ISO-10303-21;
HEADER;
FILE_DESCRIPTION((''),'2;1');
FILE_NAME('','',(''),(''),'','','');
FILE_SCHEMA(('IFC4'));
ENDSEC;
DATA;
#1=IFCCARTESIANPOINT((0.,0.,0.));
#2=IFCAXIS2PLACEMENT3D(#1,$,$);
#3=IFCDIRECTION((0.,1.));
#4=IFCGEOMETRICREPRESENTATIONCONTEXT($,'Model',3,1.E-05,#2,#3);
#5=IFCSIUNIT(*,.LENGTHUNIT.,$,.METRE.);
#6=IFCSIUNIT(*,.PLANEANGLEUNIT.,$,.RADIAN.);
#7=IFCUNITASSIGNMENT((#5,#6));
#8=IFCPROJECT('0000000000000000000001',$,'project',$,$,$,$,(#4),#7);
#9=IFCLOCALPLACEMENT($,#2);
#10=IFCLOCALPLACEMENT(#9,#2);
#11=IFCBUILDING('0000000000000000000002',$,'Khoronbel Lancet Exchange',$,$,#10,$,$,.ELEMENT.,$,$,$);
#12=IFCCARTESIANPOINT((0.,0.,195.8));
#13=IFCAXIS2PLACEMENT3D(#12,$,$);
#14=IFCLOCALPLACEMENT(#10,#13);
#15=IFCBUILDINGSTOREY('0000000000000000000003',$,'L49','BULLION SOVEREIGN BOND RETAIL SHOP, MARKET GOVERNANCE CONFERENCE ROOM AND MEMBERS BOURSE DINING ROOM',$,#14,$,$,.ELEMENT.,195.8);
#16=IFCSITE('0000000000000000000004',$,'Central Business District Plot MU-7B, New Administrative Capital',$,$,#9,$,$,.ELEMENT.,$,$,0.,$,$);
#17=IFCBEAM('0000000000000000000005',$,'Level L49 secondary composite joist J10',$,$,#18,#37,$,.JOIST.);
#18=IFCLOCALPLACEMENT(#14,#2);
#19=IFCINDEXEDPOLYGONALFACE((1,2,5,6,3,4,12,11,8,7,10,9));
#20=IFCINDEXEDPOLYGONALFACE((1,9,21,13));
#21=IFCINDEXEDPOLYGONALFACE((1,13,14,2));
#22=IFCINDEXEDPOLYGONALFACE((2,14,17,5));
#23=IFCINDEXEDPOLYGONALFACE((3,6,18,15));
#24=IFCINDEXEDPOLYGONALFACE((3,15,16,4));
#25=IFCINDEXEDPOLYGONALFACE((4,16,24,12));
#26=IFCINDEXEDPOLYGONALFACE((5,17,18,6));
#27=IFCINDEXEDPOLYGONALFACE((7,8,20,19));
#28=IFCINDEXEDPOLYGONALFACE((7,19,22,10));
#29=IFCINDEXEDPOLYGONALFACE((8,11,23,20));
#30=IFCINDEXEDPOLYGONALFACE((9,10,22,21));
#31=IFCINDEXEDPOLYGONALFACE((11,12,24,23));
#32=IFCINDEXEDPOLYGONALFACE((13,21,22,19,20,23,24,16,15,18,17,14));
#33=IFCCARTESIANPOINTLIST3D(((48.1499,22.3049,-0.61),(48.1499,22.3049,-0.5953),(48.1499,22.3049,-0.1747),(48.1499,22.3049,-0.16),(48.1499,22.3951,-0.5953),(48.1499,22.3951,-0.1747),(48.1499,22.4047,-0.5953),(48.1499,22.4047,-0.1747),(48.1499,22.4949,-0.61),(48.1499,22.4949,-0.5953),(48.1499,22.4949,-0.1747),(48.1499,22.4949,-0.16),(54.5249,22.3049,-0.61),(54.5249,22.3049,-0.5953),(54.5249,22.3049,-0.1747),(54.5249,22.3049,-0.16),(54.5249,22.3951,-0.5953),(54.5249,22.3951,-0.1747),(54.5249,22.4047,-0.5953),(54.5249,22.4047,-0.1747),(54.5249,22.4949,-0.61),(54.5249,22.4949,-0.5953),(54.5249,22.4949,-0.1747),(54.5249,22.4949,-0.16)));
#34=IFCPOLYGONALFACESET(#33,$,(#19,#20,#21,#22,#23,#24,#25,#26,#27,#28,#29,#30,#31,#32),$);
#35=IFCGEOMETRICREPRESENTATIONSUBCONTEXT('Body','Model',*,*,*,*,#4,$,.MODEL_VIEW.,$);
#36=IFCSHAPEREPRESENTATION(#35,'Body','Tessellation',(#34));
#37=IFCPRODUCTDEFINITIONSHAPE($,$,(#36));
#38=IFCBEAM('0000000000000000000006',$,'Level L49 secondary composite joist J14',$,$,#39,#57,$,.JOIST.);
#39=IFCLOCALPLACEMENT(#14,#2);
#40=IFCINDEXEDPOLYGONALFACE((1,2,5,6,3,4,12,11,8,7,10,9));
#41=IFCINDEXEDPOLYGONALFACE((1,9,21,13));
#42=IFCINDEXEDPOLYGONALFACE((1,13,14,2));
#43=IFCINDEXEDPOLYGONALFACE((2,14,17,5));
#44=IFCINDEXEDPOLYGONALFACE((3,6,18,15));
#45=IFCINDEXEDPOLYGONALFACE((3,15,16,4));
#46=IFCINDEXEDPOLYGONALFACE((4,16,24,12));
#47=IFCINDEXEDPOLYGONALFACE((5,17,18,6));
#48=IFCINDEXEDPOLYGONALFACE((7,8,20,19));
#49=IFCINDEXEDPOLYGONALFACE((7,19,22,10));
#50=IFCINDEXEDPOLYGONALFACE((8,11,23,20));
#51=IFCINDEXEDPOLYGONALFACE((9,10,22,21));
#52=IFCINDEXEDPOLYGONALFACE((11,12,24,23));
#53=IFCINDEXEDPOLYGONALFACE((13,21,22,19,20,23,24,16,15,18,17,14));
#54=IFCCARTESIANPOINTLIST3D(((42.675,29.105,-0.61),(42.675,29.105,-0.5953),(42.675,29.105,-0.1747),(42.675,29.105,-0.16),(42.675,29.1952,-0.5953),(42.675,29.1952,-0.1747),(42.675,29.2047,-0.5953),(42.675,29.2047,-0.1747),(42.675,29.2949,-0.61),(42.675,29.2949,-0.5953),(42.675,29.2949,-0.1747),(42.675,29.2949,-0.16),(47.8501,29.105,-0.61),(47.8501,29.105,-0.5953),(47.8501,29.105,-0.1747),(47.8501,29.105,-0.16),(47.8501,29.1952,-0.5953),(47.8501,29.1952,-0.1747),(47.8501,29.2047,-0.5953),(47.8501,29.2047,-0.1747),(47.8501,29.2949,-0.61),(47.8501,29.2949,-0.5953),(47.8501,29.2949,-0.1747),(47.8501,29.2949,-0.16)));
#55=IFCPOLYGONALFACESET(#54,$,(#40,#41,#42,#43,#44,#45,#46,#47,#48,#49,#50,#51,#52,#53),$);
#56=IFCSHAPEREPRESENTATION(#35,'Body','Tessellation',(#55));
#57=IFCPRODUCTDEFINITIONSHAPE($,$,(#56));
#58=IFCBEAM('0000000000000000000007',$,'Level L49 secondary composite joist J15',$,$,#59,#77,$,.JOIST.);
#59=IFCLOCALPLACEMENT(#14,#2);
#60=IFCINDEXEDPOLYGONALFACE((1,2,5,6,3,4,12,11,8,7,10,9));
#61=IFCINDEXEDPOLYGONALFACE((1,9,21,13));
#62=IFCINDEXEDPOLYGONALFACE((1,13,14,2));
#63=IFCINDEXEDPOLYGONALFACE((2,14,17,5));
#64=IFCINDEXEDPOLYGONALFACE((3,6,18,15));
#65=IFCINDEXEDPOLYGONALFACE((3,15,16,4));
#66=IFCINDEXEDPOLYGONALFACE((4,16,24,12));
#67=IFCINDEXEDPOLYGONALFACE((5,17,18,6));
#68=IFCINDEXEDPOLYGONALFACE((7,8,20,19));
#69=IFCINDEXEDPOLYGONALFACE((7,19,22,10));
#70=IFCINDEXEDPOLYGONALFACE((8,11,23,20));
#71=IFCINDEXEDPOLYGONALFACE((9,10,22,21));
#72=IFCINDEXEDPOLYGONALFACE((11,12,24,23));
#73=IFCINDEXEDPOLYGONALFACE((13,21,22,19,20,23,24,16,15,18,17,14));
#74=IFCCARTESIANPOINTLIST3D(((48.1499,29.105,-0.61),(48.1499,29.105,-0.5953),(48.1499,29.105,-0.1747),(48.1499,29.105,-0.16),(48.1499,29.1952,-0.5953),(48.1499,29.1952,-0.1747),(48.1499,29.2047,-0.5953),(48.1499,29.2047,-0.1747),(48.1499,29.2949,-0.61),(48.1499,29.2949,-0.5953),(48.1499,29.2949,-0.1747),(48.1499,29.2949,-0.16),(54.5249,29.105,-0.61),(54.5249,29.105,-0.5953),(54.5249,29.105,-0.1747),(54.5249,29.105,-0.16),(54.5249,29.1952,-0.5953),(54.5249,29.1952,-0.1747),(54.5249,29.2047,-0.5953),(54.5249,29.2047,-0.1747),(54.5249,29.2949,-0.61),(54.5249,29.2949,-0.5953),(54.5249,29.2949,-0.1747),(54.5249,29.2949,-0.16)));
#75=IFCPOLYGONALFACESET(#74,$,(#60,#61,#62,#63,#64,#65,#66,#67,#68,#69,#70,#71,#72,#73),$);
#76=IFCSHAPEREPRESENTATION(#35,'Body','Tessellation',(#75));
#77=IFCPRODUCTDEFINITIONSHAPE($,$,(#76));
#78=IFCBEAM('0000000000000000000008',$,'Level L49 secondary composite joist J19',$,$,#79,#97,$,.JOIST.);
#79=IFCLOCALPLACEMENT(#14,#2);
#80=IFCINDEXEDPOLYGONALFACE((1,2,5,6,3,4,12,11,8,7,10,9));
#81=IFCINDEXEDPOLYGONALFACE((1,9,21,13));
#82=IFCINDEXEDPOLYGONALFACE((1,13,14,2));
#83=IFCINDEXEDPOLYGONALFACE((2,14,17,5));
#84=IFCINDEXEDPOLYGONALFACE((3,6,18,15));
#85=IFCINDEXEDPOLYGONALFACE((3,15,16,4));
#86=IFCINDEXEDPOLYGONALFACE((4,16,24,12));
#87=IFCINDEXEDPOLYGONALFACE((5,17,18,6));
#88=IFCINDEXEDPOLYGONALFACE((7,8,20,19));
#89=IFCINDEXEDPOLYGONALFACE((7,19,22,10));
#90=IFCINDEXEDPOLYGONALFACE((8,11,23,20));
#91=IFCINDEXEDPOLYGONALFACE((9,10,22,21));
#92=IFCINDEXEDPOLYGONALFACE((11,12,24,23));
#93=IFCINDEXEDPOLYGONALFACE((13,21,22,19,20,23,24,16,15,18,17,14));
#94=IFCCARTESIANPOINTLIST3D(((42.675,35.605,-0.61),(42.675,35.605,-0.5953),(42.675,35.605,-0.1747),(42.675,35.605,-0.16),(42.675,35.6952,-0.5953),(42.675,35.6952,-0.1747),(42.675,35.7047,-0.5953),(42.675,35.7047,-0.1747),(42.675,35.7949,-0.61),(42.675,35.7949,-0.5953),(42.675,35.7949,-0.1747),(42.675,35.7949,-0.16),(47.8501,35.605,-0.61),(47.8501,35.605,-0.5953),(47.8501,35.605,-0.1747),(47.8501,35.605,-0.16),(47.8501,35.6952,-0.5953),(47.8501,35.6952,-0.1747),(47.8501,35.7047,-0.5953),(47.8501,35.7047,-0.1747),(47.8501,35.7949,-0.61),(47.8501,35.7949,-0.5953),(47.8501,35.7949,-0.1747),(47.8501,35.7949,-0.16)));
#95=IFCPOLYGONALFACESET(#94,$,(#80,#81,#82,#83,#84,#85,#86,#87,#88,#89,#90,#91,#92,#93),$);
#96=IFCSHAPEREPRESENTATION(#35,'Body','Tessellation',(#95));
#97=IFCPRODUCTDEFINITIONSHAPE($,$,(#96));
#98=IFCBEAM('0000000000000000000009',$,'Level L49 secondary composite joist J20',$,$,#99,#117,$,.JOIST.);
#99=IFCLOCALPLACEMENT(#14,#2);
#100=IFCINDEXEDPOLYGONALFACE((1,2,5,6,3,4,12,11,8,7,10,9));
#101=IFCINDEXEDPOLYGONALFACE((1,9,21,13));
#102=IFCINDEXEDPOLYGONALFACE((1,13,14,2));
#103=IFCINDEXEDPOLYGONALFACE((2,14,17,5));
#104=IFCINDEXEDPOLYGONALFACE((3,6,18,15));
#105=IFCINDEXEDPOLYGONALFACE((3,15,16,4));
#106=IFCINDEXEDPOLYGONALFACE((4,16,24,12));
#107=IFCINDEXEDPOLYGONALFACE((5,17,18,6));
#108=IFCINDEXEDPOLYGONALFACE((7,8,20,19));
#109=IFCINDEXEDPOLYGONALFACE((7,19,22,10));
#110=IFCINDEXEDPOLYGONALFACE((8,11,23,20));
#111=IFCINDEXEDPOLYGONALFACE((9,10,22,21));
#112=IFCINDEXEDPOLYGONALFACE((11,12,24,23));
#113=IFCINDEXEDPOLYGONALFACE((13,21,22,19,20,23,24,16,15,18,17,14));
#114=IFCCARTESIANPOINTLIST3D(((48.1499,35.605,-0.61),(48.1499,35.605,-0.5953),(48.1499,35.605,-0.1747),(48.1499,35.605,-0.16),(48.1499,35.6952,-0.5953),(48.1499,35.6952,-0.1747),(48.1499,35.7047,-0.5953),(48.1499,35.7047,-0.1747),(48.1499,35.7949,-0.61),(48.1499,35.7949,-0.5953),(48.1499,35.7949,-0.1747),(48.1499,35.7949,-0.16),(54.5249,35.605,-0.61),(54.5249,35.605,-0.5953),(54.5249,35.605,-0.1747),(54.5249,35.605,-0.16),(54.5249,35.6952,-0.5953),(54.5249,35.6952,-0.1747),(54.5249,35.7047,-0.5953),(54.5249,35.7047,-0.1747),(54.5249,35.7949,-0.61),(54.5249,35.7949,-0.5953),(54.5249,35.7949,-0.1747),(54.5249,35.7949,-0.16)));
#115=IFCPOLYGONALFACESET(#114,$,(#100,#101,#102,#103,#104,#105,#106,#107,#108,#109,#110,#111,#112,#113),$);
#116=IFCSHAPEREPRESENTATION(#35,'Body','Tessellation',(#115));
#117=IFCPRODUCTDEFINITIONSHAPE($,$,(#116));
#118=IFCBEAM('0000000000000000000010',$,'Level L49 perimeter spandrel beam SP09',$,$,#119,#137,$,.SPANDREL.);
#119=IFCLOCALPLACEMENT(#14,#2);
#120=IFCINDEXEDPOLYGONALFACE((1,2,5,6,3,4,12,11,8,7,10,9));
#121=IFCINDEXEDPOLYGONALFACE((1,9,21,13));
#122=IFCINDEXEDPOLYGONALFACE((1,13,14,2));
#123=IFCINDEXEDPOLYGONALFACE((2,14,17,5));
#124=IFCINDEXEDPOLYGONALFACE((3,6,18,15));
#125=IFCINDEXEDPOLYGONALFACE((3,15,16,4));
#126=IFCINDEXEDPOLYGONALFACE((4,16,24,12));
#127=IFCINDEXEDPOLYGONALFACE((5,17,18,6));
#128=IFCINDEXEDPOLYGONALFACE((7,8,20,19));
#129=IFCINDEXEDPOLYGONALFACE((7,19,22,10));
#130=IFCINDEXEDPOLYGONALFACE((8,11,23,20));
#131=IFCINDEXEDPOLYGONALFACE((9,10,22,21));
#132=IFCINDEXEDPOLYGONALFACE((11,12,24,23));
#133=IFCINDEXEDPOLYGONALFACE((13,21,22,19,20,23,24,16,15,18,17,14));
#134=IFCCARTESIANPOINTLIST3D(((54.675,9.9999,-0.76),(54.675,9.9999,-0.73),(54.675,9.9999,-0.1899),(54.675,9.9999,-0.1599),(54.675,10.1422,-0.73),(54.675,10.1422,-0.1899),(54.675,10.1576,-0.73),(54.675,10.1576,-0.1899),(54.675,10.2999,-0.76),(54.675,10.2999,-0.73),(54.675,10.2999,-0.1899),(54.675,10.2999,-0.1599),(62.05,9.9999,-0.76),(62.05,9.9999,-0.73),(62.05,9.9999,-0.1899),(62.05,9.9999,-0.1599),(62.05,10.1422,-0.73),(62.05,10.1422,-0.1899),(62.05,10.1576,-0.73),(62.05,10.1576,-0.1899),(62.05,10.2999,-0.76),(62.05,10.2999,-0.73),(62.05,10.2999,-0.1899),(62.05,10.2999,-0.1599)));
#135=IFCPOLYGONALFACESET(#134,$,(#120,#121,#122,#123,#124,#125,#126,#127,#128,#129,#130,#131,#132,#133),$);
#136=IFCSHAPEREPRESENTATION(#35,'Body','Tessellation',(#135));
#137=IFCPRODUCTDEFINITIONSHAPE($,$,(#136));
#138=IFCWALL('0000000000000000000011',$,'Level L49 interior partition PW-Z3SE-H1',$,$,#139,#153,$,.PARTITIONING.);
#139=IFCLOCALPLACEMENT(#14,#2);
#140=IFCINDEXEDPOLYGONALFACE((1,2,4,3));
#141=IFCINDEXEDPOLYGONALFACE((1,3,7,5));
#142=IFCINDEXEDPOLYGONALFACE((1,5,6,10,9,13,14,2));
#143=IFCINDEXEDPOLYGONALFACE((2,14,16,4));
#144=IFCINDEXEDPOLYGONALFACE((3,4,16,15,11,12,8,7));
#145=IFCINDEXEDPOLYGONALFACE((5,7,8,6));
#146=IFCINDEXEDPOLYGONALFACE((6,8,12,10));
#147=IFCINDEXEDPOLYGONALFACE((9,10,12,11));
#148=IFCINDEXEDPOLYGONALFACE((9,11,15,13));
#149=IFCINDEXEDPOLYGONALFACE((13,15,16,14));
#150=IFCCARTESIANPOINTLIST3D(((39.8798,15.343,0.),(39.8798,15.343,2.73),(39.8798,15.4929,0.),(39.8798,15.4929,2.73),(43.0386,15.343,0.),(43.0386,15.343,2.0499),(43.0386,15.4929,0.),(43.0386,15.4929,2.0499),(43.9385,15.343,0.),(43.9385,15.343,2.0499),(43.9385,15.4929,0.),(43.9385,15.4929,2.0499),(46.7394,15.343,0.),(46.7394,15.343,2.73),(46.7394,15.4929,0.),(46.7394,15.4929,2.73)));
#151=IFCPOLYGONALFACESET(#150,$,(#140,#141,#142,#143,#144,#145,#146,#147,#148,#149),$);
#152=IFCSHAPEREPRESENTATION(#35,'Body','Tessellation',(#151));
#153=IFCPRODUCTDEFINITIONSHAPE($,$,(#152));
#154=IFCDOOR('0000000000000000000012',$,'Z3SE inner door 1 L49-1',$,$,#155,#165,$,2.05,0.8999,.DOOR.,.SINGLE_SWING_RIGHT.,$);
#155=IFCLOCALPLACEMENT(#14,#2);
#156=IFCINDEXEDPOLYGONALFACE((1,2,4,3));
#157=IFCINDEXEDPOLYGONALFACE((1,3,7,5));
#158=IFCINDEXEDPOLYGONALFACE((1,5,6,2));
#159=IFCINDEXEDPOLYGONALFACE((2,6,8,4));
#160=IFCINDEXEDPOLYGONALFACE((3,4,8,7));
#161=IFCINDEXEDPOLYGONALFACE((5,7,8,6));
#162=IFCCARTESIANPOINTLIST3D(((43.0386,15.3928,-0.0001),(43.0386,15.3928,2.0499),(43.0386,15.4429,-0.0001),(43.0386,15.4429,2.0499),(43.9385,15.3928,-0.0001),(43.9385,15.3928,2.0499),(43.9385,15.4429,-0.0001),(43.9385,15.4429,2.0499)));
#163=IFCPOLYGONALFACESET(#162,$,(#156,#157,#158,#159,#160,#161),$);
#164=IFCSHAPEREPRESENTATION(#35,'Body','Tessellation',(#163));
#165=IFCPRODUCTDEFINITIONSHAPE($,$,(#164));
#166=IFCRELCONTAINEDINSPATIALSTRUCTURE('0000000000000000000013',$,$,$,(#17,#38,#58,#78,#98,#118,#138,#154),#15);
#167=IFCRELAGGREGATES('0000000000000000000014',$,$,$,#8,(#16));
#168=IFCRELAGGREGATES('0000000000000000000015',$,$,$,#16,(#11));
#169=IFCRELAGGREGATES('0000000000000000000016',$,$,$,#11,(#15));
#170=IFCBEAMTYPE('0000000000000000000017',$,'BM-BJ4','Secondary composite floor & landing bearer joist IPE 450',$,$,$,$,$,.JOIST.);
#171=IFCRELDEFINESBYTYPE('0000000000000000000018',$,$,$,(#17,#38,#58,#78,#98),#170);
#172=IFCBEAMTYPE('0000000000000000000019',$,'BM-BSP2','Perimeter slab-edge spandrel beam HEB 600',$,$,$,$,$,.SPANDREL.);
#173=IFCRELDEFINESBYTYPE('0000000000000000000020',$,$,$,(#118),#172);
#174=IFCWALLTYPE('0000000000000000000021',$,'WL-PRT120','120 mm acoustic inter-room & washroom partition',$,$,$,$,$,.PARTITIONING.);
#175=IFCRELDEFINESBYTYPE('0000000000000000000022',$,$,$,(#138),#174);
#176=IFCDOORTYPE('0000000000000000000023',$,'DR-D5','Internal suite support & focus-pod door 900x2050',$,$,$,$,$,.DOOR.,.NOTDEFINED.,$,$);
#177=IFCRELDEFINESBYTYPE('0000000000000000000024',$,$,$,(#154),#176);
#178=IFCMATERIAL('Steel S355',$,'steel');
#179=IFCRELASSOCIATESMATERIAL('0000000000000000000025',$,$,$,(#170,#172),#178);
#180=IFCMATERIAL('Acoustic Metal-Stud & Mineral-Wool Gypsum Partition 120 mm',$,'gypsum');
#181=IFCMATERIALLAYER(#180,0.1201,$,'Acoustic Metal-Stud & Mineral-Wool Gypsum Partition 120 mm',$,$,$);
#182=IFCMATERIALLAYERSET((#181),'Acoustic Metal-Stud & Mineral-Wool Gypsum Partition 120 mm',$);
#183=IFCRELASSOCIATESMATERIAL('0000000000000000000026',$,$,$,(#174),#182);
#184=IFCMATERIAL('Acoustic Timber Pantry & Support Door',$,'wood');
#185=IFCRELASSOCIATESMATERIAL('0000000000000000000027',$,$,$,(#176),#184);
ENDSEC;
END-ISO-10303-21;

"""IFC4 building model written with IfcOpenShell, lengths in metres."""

from ifc_helpers import new_model, si_unit, direction, frame, frame_2d, origin, origin_2d, place, context, subcontext, project, spatial, rectangle, i_section, extrude, material, layer, layer_set, material_profile, profile_set, type_object, element, fill, save


model = new_model("IFC4")

# Units and contexts
model_context = context("Model", 3, precision=1e-05, world=origin(), true_north=direction((0.0, 1.0)))
body_context = subcontext(model_context, "Body", "Model", "MODEL_VIEW")
ifc_project = project(units=[si_unit("LENGTHUNIT", "METRE"), si_unit("PLANEANGLEUNIT", "RADIAN")], contexts=[model_context])

# Site, building, storey
site_placement = place(None, origin())
site = spatial("IfcSite", under=ifc_project, at=site_placement, Name="Central Business District Plot MU-7B, New Administrative Capital", CompositionType="ELEMENT", RefElevation=0.0)
building_placement = place(site_placement, origin())
building = spatial("IfcBuilding", under=site, at=building_placement, Name="Khoronbel Lancet Exchange", CompositionType="ELEMENT")
storey_placement = place(building_placement, frame((0.0, 0.0, 195.8)))
storey = spatial("IfcBuildingStorey", under=building, at=storey_placement, Name="L49", Description="BULLION SOVEREIGN BOND RETAIL SHOP, MARKET GOVERNANCE CONFERENCE ROOM AND MEMBERS BOURSE DINING ROOM", CompositionType="ELEMENT", Elevation=195.8)

# Shared definitions
ifc_material_1 = material(Name="Steel S355", Category="steel")

# Beams
ifc_material_profile_1 = material_profile(ifc_material_1, i_section(OverallWidth=0.1899, OverallDepth=0.45, WebThickness=0.0095, FlangeThickness=0.0146, at=origin_2d()), Name="IPE 450")
ifc_profile_set_1 = profile_set([ifc_material_profile_1], Name="Steel S355")
beam_type_1 = type_object("IfcBeamType", Name="BM-BJ4", Description="Secondary composite floor & landing bearer joist IPE 450", PredefinedType="JOIST", material=ifc_profile_set_1)
beam_1_placement = place(storey_placement, frame((48.1499, 22.3999, -0.385), z_axis=(1.0, 0.0, 0.0), x_axis=(0.0, 1.0, 0.0)))
element("IfcBeam", 1, at=beam_1_placement, inside=storey, type_object=beam_type_1, Name="Level L49 secondary composite joist J10", PredefinedType="JOIST", context=body_context, shape_type="SweptSolid", body=[
    extrude(i_section(OverallWidth=0.1899, OverallDepth=0.45, WebThickness=0.0095, FlangeThickness=0.0146, at=origin_2d()), origin(), (0.0, 0.0, 1.0), 6.375),
])
beam_2_placement = place(storey_placement, frame((42.675, 29.2, -0.385), z_axis=(1.0, 0.0, 0.0), x_axis=(0.0, 1.0, 0.0)))
element("IfcBeam", 2, at=beam_2_placement, inside=storey, type_object=beam_type_1, Name="Level L49 secondary composite joist J14", PredefinedType="JOIST", context=body_context, shape_type="SweptSolid", body=[
    extrude(i_section(OverallWidth=0.1899, OverallDepth=0.45, WebThickness=0.0095, FlangeThickness=0.0146, at=origin_2d()), origin(), (0.0, 0.0, 1.0), 5.175),
])
beam_3_placement = place(storey_placement, frame((48.1499, 29.2, -0.385), z_axis=(1.0, 0.0, 0.0), x_axis=(0.0, 1.0, 0.0)))
element("IfcBeam", 3, at=beam_3_placement, inside=storey, type_object=beam_type_1, Name="Level L49 secondary composite joist J15", PredefinedType="JOIST", context=body_context, shape_type="SweptSolid", body=[
    extrude(i_section(OverallWidth=0.1899, OverallDepth=0.45, WebThickness=0.0095, FlangeThickness=0.0146, at=origin_2d()), origin(), (0.0, 0.0, 1.0), 6.375),
])
beam_4_placement = place(storey_placement, frame((42.675, 35.7, -0.385), z_axis=(1.0, 0.0, 0.0), x_axis=(0.0, 1.0, 0.0)))
element("IfcBeam", 4, at=beam_4_placement, inside=storey, type_object=beam_type_1, Name="Level L49 secondary composite joist J19", PredefinedType="JOIST", context=body_context, shape_type="SweptSolid", body=[
    extrude(i_section(OverallWidth=0.1899, OverallDepth=0.45, WebThickness=0.0095, FlangeThickness=0.0146, at=origin_2d()), origin(), (0.0, 0.0, 1.0), 5.175),
])
beam_5_placement = place(storey_placement, frame((48.1499, 35.7, -0.385), z_axis=(1.0, 0.0, 0.0), x_axis=(0.0, 1.0, 0.0)))
element("IfcBeam", 5, at=beam_5_placement, inside=storey, type_object=beam_type_1, Name="Level L49 secondary composite joist J20", PredefinedType="JOIST", context=body_context, shape_type="SweptSolid", body=[
    extrude(i_section(OverallWidth=0.1899, OverallDepth=0.45, WebThickness=0.0095, FlangeThickness=0.0146, at=origin_2d()), origin(), (0.0, 0.0, 1.0), 6.375),
])
ifc_material_profile_2 = material_profile(ifc_material_1, i_section(OverallWidth=0.3, OverallDepth=0.6001, WebThickness=0.0154, FlangeThickness=0.03, at=origin_2d()), Name="HEB 600")
ifc_profile_set_2 = profile_set([ifc_material_profile_2], Name="Steel S355")
beam_type_2 = type_object("IfcBeamType", Name="BM-BSP2", Description="Perimeter slab-edge spandrel beam HEB 600", PredefinedType="SPANDREL", material=ifc_profile_set_2)
beam_6_placement = place(storey_placement, frame((54.675, 10.1499, -0.46), z_axis=(1.0, 0.0, 0.0), x_axis=(0.0, 1.0, 0.0)))
element("IfcBeam", 6, at=beam_6_placement, inside=storey, type_object=beam_type_2, Name="Level L49 perimeter spandrel beam SP09", PredefinedType="SPANDREL", context=body_context, shape_type="SweptSolid", body=[
    extrude(i_section(OverallWidth=0.3, OverallDepth=0.6001, WebThickness=0.0154, FlangeThickness=0.03, at=origin_2d()), origin(), (0.0, 0.0, 1.0), 7.375),
])

# Wall, opening, door
ifc_material_2 = material(Name="Acoustic Metal-Stud & Mineral-Wool Gypsum Partition 120 mm", Category="gypsum")
ifc_layer_1 = layer(ifc_material_2, 0.1201, Name="Acoustic Metal-Stud & Mineral-Wool Gypsum Partition 120 mm")
ifc_layer_set_1 = layer_set([ifc_layer_1], Name="Acoustic Metal-Stud & Mineral-Wool Gypsum Partition 120 mm")
wall_type_1 = type_object("IfcWallType", Name="WL-PRT120", Description="120 mm acoustic inter-room & washroom partition", PredefinedType="PARTITIONING", material=ifc_layer_set_1)
wall_1_placement = place(storey_placement, frame((39.8799, 15.418, 0.0), z_axis=(0.0, 0.0, 1.0), x_axis=(1.0, 0.0, 0.0)))
wall_1 = element("IfcWall", 7, at=wall_1_placement, inside=storey, type_object=wall_type_1, Name="Level L49 interior partition PW-Z3SE-H1", PredefinedType="PARTITIONING", context=body_context, shape_type="SweptSolid", body=[
    extrude(rectangle(XDim=6.8596, YDim=0.1499, at=frame_2d((3.4297, 0.0))), origin(), (0.0, 0.0, 1.0), 2.73),
])
opening_1_placement = place(wall_1_placement, frame((3.1587, 0.0, 0.0)))
opening_1 = element("IfcOpeningElement", 8, at=opening_1_placement, cuts=wall_1, PredefinedType="OPENING", context=body_context, shape_type="SweptSolid", body=[
    extrude(rectangle(XDim=0.8999, YDim=2.05, at=frame_2d((0.45, 1.0249))), frame((0.0, 0.085, 0.0), z_axis=(0.0, -1.0, 0.0), x_axis=(1.0, 0.0, 0.0)), (0.0, 0.0, 1.0), 0.1699),
])
ifc_material_3 = material(Name="Acoustic Timber Pantry & Support Door", Category="wood")
door_type_1 = type_object("IfcDoorType", Name="DR-D5", Description="Internal suite support & focus-pod door 900x2050", OperationType="NOTDEFINED", PredefinedType="DOOR", material=ifc_material_3)
door_1_placement = place(opening_1_placement, origin())
door_1 = element("IfcDoor", 9, at=door_1_placement, inside=storey, type_object=door_type_1, Name="Z3SE inner door 1 L49-1", OperationType="SINGLE_SWING_RIGHT", OverallHeight=2.05, OverallWidth=0.8999, PredefinedType="DOOR", context=body_context, shape_type="SweptSolid", body=[
    extrude(rectangle(XDim=0.8999, YDim=2.05, at=frame_2d((0.45, 1.0249))), frame((0.0, 0.0249, 0.0), z_axis=(0.0, -1.0, 0.0), x_axis=(1.0, 0.0, 0.0)), (0.0, 0.0, 1.0), 0.05),
])
fill(opening_1, door_1)

save(model, "model.ifc")
